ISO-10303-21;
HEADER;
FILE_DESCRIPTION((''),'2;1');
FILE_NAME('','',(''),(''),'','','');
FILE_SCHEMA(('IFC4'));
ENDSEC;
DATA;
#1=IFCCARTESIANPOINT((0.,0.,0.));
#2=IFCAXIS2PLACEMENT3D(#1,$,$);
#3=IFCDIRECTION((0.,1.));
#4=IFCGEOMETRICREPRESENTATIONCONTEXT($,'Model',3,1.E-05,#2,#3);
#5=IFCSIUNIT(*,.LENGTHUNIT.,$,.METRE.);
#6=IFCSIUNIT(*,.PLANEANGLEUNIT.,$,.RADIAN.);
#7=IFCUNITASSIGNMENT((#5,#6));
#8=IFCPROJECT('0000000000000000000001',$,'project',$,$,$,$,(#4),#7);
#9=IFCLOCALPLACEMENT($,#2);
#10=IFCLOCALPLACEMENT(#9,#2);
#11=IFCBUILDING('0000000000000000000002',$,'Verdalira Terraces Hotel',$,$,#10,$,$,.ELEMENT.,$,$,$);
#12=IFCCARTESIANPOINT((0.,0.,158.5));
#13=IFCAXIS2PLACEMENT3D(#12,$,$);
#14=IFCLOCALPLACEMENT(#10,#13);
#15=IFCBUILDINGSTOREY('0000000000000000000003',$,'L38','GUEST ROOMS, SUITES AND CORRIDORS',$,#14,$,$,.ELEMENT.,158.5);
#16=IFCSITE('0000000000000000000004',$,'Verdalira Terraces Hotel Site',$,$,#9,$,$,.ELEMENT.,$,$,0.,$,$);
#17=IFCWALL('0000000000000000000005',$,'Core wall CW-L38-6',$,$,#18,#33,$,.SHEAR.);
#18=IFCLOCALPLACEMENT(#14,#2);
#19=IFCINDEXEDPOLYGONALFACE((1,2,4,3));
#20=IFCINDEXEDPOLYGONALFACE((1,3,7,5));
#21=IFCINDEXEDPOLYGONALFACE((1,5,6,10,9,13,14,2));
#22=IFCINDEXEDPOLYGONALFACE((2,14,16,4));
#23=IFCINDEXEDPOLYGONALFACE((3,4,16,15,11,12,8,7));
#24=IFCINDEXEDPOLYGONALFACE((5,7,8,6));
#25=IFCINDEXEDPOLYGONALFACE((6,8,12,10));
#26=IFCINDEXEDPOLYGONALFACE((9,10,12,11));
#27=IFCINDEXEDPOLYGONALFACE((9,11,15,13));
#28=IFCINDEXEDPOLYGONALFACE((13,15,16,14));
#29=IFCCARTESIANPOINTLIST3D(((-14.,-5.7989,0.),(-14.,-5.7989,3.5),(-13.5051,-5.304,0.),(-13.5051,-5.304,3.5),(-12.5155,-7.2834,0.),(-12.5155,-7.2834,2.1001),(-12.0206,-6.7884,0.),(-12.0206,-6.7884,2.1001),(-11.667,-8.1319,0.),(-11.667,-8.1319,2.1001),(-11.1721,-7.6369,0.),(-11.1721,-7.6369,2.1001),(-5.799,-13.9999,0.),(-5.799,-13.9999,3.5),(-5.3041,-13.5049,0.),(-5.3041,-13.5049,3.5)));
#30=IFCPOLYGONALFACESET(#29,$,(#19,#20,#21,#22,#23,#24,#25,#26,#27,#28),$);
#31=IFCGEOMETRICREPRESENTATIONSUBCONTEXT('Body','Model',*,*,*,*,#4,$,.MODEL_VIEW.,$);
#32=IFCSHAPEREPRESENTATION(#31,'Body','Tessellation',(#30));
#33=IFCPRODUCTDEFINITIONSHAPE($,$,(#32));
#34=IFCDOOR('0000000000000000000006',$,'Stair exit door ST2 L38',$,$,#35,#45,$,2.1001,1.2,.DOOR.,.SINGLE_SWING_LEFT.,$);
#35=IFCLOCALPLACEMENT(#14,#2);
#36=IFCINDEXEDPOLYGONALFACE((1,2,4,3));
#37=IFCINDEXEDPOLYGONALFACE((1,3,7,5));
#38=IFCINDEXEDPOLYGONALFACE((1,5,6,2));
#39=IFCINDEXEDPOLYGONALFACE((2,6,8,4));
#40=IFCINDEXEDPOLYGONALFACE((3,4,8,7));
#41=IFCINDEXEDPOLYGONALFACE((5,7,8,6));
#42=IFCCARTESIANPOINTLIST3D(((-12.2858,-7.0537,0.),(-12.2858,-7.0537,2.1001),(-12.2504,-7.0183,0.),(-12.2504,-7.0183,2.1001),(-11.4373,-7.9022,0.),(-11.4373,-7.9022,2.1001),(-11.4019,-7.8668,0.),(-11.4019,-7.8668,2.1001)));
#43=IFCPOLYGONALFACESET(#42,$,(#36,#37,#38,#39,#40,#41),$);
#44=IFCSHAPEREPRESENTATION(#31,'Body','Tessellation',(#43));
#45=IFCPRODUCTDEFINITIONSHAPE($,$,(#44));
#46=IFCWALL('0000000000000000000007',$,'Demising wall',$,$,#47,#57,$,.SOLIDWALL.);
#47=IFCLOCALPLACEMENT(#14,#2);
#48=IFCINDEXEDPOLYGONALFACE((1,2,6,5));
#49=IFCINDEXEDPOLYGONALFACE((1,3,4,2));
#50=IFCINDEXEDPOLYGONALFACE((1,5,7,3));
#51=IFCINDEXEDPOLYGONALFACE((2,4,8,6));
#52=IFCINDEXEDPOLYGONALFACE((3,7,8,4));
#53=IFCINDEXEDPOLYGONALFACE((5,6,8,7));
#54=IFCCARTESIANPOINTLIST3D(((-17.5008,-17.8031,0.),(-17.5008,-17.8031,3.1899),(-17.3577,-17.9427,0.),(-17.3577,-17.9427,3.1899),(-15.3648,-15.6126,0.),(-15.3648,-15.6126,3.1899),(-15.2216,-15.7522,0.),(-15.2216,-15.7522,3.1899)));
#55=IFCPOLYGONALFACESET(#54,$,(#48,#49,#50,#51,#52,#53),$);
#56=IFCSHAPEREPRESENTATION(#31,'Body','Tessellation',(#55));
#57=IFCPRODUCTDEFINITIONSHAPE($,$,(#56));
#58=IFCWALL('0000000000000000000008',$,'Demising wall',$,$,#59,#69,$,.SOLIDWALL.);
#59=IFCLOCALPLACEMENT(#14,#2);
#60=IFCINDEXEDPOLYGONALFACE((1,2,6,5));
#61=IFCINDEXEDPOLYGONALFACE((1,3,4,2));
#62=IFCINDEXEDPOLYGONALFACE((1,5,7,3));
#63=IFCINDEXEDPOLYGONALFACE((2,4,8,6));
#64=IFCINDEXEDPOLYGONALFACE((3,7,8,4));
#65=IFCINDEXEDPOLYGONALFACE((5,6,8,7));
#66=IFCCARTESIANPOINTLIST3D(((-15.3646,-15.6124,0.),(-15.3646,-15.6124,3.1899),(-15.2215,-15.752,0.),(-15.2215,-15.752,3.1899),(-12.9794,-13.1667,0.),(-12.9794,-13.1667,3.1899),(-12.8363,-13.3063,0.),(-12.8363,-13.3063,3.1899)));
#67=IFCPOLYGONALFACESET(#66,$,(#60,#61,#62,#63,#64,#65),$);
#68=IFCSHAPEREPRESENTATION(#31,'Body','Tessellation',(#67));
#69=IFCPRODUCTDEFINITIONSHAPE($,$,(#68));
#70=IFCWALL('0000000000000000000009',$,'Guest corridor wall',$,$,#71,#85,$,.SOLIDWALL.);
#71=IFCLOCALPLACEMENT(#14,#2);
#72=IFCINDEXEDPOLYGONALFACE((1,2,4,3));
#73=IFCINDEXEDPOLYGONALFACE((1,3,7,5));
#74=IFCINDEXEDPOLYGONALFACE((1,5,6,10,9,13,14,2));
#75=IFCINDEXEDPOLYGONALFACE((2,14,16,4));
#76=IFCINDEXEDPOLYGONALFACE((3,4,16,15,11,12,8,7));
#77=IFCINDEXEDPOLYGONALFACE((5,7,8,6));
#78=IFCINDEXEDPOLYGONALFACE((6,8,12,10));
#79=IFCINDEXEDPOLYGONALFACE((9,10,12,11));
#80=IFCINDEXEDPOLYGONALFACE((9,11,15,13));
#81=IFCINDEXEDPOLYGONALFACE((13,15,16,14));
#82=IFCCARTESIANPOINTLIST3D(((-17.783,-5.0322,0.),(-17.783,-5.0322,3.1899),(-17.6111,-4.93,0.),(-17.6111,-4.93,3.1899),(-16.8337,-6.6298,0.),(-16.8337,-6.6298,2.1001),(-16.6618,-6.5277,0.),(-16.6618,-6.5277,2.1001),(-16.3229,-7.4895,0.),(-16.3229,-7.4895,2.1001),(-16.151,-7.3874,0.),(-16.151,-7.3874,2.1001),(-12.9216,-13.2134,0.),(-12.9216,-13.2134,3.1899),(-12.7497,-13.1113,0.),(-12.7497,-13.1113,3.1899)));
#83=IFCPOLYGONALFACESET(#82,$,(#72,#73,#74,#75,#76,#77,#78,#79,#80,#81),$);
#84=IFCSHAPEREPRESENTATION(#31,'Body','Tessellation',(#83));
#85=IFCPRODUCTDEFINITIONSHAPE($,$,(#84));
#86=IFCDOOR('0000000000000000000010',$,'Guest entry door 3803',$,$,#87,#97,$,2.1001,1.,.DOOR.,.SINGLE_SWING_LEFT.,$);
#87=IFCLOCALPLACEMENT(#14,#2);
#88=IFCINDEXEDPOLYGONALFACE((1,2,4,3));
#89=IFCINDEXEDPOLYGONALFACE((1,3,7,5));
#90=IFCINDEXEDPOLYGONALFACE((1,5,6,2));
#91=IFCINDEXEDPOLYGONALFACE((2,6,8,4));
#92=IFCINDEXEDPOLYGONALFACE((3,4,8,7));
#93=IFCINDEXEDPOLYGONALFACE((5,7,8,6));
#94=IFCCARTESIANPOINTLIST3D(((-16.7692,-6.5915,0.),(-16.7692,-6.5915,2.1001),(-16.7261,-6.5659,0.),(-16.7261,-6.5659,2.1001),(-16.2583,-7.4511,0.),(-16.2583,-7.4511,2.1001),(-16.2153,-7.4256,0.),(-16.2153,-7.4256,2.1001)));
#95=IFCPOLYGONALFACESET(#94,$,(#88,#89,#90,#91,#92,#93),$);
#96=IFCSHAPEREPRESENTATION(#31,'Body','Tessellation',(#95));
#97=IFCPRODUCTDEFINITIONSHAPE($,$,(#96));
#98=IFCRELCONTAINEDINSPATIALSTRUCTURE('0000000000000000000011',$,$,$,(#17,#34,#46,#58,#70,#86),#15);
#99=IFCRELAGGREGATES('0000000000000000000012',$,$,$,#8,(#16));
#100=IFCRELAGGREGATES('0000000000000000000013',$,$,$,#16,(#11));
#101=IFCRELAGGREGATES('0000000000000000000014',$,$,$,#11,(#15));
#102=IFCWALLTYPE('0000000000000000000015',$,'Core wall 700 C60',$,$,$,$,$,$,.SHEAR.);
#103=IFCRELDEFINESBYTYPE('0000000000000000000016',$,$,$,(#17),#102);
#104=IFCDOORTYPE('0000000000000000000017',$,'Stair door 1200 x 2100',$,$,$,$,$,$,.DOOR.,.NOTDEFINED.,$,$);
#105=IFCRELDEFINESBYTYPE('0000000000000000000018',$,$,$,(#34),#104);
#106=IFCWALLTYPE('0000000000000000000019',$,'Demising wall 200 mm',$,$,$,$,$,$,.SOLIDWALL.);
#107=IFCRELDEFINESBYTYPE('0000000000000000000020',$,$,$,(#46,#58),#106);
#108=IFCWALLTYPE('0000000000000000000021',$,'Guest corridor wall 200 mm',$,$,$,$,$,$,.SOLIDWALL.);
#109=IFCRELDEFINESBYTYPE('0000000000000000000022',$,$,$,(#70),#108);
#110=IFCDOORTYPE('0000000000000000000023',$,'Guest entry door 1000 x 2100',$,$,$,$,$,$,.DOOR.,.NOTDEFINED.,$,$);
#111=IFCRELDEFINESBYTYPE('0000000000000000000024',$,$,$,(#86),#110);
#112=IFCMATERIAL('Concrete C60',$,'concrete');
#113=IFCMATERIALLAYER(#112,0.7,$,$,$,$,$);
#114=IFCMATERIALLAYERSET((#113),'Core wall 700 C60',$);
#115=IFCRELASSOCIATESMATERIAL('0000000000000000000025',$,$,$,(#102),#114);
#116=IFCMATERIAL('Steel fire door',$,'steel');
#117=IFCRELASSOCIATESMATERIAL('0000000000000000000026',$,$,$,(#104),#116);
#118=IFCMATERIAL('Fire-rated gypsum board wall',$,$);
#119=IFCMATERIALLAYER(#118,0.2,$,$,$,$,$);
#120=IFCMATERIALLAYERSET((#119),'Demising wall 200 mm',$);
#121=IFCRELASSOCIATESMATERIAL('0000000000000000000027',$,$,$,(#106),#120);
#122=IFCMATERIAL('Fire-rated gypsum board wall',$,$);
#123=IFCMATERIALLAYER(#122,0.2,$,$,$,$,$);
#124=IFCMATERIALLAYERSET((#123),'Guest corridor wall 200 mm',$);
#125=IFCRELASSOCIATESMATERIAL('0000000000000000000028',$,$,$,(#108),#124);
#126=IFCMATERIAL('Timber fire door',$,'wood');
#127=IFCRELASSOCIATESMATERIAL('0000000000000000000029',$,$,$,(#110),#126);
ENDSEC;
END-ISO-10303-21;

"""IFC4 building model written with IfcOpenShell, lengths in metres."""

from ifc_helpers import new_model, si_unit, direction, frame, frame_2d, origin, place, context, subcontext, project, spatial, rectangle, extrude, material, layer, layer_set, type_object, element, fill, save


model = new_model("IFC4")

# Units and contexts
model_context = context("Model", 3, precision=1e-05, world=origin(), true_north=direction((0.0, 1.0)))
body_context = subcontext(model_context, "Body", "Model", "MODEL_VIEW")
ifc_project = project(units=[si_unit("LENGTHUNIT", "METRE"), si_unit("PLANEANGLEUNIT", "RADIAN")], contexts=[model_context])

# Site, building, storey
site_placement = place(None, origin())
site = spatial("IfcSite", under=ifc_project, at=site_placement, Name="Verdalira Terraces Hotel Site", CompositionType="ELEMENT", RefElevation=0.0)
building_placement = place(site_placement, origin())
building = spatial("IfcBuilding", under=site, at=building_placement, Name="Verdalira Terraces Hotel", CompositionType="ELEMENT")
storey_placement = place(building_placement, frame((0.0, 0.0, 158.5)))
storey = spatial("IfcBuildingStorey", under=building, at=storey_placement, Name="L38", Description="GUEST ROOMS, SUITES AND CORRIDORS", CompositionType="ELEMENT", Elevation=158.5)

# Wall, opening, door
ifc_material_1 = material(Name="Concrete C60", Category="concrete")
ifc_layer_1 = layer(ifc_material_1, 0.7)
ifc_layer_set_1 = layer_set([ifc_layer_1], Name="Core wall 700 C60")
wall_type_1 = type_object("IfcWallType", Name="Core wall 700 C60", PredefinedType="SHEAR", material=ifc_layer_set_1)
wall_1_placement = place(storey_placement, frame((-13.7524, -5.5515, 0.0), z_axis=(0.0, 0.0, 1.0), x_axis=(0.707107, -0.707107, 0.0)))
wall_1 = element("IfcWall", 1, at=wall_1_placement, inside=storey, type_object=wall_type_1, Name="Core wall CW-L38-6", PredefinedType="SHEAR", context=body_context, shape_type="SweptSolid", body=[
    extrude(rectangle(XDim=11.5979, YDim=0.7, at=frame_2d((5.7988, 0.0))), origin(), (0.0, 0.0, 1.0), 3.5),
])
opening_1_placement = place(wall_1_placement, frame((2.0991, 0.0, 0.0)))
opening_1 = element("IfcOpeningElement", 2, at=opening_1_placement, cuts=wall_1, PredefinedType="OPENING", context=body_context, shape_type="SweptSolid", body=[
    extrude(rectangle(XDim=1.2, YDim=2.1001, at=frame_2d((0.6001, 1.05))), frame((0.0, 0.3599, 0.0), z_axis=(0.0, -1.0, 0.0), x_axis=(1.0, 0.0, 0.0)), (0.0, 0.0, 1.0), 0.72),
])
ifc_material_2 = material(Name="Steel fire door", Category="steel")
door_type_1 = type_object("IfcDoorType", Name="Stair door 1200 x 2100", OperationType="NOTDEFINED", PredefinedType="DOOR", material=ifc_material_2)
door_1_placement = place(opening_1_placement, origin())
door_1 = element("IfcDoor", 3, at=door_1_placement, inside=storey, type_object=door_type_1, Name="Stair exit door ST2 L38", OperationType="SINGLE_SWING_LEFT", OverallHeight=2.1001, OverallWidth=1.2, PredefinedType="DOOR", context=body_context, shape_type="SweptSolid", body=[
    extrude(rectangle(XDim=1.2, YDim=2.1001, at=frame_2d((0.6001, 1.05))), frame((0.0, 0.0249, 0.0), z_axis=(0.0, -1.0, 0.0), x_axis=(1.0, 0.0, 0.0)), (0.0, 0.0, 1.0), 0.05),
])
fill(opening_1, door_1)

# Walls
ifc_material_3 = material(Name="Fire-rated gypsum board wall")
ifc_layer_2 = layer(ifc_material_3, 0.2)
ifc_layer_set_2 = layer_set([ifc_layer_2], Name="Demising wall 200 mm")
wall_type_2 = type_object("IfcWallType", Name="Demising wall 200 mm", PredefinedType="SOLIDWALL", material=ifc_layer_set_2)
wall_2_placement = place(storey_placement, frame((-15.2932, -15.6824, 0.0), z_axis=(0.0, 0.0, 1.0), x_axis=(-0.698153, -0.715948, 0.0)))
element("IfcWall", 4, at=wall_2_placement, inside=storey, type_object=wall_type_2, Name="Demising wall", PredefinedType="SOLIDWALL", context=body_context, shape_type="SweptSolid", body=[
    extrude(rectangle(XDim=3.0596, YDim=0.2, at=frame_2d((1.5298, 0.0))), origin(), (0.0, 0.0, 1.0), 3.1899),
])
wall_3_placement = place(storey_placement, frame((-12.908, -13.2366, 0.0), z_axis=(0.0, 0.0, 1.0), x_axis=(-0.69819, -0.715913, 0.0)))
element("IfcWall", 5, at=wall_3_placement, inside=storey, type_object=wall_type_2, Name="Demising wall", PredefinedType="SOLIDWALL", context=body_context, shape_type="SweptSolid", body=[
    extrude(rectangle(XDim=3.4163, YDim=0.2, at=frame_2d((1.708, 0.0))), origin(), (0.0, 0.0, 1.0), 3.1899),
])

# Wall, opening, door
ifc_material_4 = material(Name="Fire-rated gypsum board wall")
ifc_layer_3 = layer(ifc_material_4, 0.2)
ifc_layer_set_3 = layer_set([ifc_layer_3], Name="Guest corridor wall 200 mm")
wall_type_3 = type_object("IfcWallType", Name="Guest corridor wall 200 mm", PredefinedType="SOLIDWALL", material=ifc_layer_set_3)
wall_4_placement = place(storey_placement, frame((-12.8357, -13.1624, 0.0), z_axis=(0.0, 0.0, 1.0), x_axis=(-0.510832, 0.859681, 0.0)))
wall_4 = element("IfcWall", 6, at=wall_4_placement, inside=storey, type_object=wall_type_3, Name="Guest corridor wall", PredefinedType="SOLIDWALL", context=body_context, shape_type="SweptSolid", body=[
    extrude(rectangle(XDim=9.5166, YDim=0.2, at=frame_2d((4.7583, 0.0))), origin(), (0.0, 0.0, 1.0), 3.1899),
])
opening_2_placement = place(wall_4_placement, frame((6.6582, 0.0, 0.0)))
opening_2 = element("IfcOpeningElement", 7, at=opening_2_placement, cuts=wall_4, PredefinedType="OPENING", context=body_context, shape_type="SweptSolid", body=[
    extrude(rectangle(XDim=1.0, YDim=2.1001, at=frame_2d((0.5, 1.05))), frame((0.0, 0.1099, 0.0), z_axis=(0.0, -1.0, 0.0), x_axis=(1.0, 0.0, 0.0)), (0.0, 0.0, 1.0), 0.22),
])
ifc_material_5 = material(Name="Timber fire door", Category="wood")
door_type_2 = type_object("IfcDoorType", Name="Guest entry door 1000 x 2100", OperationType="NOTDEFINED", PredefinedType="DOOR", material=ifc_material_5)
door_2_placement = place(opening_2_placement, origin())
door_2 = element("IfcDoor", 8, at=door_2_placement, inside=storey, type_object=door_type_2, Name="Guest entry door 3803", OperationType="SINGLE_SWING_LEFT", OverallHeight=2.1001, OverallWidth=1.0, PredefinedType="DOOR", context=body_context, shape_type="SweptSolid", body=[
    extrude(rectangle(XDim=1.0, YDim=2.1001, at=frame_2d((0.5, 1.05))), frame((0.0, 0.0249, 0.0), z_axis=(0.0, -1.0, 0.0), x_axis=(1.0, 0.0, 0.0)), (0.0, 0.0, 1.0), 0.05),
])
fill(opening_2, door_2)

save(model, "model.ifc")
